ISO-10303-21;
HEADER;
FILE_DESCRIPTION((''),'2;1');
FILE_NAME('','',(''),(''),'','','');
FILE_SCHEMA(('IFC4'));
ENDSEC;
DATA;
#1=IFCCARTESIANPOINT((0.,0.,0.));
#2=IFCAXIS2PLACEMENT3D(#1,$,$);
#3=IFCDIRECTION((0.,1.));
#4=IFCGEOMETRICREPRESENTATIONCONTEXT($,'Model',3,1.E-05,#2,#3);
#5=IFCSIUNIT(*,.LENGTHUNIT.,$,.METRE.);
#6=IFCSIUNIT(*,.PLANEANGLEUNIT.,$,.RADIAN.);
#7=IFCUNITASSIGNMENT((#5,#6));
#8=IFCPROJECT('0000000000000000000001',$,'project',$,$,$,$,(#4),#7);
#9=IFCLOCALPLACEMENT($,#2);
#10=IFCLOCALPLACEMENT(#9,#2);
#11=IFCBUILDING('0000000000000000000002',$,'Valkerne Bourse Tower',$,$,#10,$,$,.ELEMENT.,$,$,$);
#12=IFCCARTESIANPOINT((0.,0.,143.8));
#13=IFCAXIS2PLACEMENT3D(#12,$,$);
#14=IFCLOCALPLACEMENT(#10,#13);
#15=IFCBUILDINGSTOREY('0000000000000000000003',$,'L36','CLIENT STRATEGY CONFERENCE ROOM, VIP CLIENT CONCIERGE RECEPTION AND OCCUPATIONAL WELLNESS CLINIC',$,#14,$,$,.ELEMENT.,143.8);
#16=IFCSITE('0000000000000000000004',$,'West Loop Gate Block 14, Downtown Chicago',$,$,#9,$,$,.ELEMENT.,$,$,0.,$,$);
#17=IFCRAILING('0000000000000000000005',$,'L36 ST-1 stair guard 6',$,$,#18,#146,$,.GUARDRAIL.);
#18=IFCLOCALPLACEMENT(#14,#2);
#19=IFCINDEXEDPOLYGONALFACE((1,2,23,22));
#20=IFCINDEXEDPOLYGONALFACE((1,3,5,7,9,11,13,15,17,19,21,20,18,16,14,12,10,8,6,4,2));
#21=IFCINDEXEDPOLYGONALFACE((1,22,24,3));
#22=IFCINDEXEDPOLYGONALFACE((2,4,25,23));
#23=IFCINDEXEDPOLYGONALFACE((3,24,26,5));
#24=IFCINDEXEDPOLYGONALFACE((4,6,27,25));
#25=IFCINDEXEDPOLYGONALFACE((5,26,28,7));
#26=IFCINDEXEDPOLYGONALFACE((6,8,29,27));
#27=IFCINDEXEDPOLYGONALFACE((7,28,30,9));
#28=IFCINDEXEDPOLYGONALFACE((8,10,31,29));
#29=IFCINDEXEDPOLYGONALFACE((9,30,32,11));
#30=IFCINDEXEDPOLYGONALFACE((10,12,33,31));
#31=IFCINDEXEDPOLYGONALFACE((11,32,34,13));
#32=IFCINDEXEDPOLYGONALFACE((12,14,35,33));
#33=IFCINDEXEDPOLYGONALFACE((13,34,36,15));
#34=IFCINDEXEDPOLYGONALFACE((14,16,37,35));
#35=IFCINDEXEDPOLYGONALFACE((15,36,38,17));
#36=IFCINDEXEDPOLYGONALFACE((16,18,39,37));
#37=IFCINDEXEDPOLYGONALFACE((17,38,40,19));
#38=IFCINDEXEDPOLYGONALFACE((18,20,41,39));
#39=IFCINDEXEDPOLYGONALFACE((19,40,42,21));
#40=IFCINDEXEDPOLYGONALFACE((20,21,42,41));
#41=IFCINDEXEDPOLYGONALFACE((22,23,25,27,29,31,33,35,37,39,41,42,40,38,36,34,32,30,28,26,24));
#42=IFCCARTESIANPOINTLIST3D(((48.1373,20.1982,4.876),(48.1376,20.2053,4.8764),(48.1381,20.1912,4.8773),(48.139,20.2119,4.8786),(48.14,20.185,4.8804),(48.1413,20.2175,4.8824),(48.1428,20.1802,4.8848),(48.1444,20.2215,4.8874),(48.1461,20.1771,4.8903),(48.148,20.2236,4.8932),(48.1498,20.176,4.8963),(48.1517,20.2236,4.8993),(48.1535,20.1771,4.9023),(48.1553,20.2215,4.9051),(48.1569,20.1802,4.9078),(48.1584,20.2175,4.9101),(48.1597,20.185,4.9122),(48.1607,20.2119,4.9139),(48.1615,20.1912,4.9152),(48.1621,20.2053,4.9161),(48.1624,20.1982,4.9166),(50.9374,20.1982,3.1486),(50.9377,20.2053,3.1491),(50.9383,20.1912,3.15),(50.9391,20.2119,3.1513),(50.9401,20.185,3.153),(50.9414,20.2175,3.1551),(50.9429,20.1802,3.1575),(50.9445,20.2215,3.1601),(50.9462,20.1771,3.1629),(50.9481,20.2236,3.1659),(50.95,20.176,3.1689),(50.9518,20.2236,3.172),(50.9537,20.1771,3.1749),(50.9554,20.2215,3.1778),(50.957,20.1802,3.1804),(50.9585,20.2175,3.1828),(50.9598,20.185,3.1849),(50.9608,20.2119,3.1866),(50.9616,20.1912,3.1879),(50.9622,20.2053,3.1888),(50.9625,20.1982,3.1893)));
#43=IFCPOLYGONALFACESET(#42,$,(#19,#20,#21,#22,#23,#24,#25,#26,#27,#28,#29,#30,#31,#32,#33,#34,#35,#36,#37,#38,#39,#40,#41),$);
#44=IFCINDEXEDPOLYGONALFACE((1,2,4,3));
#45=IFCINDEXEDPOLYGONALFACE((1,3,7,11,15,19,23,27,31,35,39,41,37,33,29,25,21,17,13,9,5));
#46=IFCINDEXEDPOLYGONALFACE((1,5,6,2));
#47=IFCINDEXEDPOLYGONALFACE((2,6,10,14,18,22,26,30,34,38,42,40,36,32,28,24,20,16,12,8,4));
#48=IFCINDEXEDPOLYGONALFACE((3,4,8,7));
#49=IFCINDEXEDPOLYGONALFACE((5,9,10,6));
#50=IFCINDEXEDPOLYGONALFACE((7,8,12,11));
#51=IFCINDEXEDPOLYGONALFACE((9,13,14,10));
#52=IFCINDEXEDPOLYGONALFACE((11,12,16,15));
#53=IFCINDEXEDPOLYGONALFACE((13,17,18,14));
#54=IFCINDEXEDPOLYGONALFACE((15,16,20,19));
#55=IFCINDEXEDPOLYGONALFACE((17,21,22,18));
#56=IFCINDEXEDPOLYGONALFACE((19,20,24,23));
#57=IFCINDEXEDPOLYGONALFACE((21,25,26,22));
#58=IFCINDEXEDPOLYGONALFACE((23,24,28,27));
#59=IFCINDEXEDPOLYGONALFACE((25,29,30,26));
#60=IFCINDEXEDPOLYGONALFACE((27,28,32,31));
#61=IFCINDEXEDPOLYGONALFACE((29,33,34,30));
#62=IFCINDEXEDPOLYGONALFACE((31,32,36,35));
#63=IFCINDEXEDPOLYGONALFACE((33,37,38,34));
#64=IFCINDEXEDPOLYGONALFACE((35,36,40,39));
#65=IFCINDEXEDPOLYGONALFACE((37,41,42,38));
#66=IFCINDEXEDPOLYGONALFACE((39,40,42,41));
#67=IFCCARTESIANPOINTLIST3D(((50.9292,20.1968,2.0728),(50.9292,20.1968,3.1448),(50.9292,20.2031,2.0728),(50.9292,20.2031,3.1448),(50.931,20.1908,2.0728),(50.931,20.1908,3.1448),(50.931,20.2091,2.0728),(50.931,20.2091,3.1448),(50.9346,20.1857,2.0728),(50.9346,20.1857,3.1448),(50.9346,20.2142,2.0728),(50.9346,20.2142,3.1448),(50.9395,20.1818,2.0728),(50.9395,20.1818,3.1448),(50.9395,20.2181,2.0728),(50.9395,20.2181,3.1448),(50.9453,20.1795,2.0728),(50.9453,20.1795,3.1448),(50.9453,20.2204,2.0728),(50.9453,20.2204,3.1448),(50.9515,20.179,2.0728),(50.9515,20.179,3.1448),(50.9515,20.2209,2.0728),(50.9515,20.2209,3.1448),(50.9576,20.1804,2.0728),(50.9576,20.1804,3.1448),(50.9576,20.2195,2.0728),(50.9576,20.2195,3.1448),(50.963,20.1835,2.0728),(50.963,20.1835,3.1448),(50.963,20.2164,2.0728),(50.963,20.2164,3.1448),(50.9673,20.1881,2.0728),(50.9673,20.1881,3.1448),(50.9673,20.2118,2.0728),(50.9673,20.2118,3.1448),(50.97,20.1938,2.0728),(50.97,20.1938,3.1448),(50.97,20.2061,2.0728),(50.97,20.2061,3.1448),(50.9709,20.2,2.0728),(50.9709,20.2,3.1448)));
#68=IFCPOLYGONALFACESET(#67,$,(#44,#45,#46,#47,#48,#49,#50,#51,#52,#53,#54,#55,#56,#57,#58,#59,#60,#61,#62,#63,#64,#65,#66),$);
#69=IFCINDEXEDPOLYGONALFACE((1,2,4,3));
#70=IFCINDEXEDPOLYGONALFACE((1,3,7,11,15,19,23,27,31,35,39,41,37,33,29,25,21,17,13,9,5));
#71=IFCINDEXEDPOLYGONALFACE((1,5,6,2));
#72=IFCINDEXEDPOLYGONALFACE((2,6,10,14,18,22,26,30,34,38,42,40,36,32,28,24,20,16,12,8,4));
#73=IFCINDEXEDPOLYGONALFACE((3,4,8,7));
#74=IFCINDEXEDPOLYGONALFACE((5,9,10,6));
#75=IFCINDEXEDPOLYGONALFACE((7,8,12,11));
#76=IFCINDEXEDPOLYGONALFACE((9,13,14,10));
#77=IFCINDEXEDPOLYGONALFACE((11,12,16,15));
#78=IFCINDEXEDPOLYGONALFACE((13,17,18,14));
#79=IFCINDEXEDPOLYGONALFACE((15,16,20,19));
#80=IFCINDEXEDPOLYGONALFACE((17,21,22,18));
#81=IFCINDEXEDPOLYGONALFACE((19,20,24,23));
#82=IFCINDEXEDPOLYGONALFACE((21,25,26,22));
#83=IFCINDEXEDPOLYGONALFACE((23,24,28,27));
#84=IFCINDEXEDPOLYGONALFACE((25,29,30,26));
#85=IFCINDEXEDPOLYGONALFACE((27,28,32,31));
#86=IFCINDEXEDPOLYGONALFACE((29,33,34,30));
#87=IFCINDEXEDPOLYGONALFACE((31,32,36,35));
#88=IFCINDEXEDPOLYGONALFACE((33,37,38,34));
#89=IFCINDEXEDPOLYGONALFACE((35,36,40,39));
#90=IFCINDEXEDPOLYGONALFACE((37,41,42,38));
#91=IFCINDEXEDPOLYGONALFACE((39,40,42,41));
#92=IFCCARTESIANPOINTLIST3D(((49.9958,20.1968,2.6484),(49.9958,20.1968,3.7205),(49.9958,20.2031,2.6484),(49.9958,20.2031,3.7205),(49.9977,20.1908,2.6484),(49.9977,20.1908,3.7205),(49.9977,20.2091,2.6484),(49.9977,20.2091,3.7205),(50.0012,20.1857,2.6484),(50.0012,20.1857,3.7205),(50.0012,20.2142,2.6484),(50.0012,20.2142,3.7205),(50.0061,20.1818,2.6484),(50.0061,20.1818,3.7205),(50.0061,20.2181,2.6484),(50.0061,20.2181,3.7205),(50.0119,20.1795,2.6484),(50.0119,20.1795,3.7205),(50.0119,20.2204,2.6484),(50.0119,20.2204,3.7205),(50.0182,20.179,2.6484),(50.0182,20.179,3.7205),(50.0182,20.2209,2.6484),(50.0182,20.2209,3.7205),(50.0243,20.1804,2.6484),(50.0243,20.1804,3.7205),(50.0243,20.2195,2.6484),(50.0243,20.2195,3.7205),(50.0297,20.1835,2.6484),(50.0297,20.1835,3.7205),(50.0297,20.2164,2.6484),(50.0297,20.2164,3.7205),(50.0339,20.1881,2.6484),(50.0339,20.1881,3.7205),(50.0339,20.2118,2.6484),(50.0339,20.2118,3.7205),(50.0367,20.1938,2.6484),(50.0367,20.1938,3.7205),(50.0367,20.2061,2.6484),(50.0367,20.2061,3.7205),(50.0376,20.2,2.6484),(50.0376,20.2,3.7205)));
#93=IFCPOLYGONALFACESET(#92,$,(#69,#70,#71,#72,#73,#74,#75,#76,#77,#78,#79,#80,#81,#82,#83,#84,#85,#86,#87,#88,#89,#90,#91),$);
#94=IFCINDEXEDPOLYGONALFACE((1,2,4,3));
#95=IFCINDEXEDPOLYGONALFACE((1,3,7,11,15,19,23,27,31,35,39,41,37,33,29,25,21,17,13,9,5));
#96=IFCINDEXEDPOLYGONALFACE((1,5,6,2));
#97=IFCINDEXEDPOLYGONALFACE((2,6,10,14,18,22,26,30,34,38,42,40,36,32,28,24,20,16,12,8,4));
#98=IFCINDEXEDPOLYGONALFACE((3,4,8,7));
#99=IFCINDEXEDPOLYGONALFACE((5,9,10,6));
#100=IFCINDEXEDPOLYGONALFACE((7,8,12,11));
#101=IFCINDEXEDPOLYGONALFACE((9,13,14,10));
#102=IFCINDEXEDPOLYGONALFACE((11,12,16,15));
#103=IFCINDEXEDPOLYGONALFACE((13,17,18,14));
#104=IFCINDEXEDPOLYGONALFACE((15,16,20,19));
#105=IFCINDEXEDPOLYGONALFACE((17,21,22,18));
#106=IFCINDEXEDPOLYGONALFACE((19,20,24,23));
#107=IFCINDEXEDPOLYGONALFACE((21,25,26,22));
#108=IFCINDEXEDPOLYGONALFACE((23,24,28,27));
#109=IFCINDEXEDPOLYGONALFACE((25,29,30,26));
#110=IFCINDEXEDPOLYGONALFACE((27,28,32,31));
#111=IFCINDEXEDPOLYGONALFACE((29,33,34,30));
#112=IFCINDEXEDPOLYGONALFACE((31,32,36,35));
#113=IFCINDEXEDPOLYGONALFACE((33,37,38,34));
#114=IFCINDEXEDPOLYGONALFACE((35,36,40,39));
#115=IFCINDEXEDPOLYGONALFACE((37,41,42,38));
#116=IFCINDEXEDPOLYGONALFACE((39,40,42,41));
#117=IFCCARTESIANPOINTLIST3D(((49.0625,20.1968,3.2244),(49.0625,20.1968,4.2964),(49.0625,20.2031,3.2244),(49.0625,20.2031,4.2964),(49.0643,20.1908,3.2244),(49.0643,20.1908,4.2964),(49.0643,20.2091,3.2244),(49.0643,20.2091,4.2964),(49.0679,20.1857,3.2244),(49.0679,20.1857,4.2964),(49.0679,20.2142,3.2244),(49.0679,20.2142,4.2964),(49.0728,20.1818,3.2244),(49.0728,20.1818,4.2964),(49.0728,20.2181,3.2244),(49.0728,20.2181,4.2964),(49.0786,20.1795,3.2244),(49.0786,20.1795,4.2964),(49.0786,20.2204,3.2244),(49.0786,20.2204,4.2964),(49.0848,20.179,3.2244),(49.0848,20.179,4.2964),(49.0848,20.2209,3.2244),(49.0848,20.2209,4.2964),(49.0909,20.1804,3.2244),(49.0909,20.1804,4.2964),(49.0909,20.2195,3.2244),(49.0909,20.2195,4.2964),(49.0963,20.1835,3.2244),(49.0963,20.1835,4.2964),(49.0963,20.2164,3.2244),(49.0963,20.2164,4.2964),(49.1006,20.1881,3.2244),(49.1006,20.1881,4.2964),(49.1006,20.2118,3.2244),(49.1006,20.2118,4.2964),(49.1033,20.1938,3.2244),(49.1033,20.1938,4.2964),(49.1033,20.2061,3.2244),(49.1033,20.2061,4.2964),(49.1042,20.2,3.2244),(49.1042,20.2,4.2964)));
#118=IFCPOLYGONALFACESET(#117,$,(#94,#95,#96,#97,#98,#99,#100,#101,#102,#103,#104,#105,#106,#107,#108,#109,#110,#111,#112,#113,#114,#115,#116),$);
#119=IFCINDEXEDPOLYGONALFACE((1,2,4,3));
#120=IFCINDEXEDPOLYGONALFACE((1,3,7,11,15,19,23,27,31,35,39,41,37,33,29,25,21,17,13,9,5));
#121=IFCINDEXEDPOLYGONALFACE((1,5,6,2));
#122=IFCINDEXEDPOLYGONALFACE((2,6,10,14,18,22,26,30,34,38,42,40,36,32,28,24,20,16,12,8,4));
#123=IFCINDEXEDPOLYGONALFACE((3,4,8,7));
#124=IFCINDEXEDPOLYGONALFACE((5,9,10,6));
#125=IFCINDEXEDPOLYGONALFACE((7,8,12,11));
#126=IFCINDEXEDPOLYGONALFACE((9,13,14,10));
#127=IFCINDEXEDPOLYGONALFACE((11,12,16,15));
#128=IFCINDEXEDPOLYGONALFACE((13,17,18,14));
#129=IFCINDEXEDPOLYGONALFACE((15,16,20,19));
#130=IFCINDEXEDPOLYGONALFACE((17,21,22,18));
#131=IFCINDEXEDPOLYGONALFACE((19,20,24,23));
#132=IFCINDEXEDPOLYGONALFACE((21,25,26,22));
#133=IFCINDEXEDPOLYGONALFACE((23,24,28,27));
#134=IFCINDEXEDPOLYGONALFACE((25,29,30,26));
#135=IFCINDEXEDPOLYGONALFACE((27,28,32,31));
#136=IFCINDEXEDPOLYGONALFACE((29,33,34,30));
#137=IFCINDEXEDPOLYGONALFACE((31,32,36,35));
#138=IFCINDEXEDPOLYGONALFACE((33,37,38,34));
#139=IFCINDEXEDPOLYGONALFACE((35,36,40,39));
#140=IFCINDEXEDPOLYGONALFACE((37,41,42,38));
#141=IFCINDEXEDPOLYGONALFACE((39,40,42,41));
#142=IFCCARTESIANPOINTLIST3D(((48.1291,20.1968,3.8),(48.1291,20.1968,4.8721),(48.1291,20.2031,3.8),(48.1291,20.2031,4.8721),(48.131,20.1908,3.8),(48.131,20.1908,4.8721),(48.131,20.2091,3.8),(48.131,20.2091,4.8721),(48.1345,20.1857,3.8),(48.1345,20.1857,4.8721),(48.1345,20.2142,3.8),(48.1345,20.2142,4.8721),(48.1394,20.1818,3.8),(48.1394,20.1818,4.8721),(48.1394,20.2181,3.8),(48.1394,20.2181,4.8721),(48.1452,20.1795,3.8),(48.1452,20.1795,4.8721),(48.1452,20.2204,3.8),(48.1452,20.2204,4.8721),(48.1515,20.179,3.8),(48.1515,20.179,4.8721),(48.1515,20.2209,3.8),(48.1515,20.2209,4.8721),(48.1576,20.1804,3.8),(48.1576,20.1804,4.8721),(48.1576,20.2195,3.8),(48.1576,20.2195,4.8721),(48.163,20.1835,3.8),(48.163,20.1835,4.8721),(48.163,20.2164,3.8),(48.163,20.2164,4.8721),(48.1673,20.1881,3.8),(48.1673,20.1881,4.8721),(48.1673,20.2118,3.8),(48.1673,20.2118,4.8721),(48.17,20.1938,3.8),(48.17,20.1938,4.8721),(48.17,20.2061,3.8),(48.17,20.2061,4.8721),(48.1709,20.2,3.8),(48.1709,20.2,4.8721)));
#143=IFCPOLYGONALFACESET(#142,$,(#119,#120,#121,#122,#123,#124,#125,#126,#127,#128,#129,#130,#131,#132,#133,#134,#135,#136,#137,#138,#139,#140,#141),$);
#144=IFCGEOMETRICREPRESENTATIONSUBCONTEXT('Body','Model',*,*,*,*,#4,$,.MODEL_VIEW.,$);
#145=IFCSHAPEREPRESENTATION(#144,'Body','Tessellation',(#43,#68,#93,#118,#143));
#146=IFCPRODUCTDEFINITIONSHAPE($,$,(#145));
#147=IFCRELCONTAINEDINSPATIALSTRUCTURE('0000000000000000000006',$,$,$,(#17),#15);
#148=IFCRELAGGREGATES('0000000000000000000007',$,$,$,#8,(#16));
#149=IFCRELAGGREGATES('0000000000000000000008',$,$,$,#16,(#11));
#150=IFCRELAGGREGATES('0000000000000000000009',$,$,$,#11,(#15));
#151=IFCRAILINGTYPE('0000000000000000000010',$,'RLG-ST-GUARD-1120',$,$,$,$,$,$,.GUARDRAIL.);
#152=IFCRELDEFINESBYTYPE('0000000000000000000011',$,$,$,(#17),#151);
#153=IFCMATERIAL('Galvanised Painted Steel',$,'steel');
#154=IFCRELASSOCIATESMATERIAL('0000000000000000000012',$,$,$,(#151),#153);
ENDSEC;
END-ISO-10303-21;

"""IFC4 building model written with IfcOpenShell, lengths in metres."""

from ifc_helpers import new_model, si_unit, direction, frame, origin, origin_2d, place, context, subcontext, project, spatial, circle, extrude, material, type_object, element, save


model = new_model("IFC4")

# Units and contexts
model_context = context("Model", 3, precision=1e-05, world=origin(), true_north=direction((0.0, 1.0)))
body_context = subcontext(model_context, "Body", "Model", "MODEL_VIEW")
ifc_project = project(units=[si_unit("LENGTHUNIT", "METRE"), si_unit("PLANEANGLEUNIT", "RADIAN")], contexts=[model_context])

# Site, building, storey
site_placement = place(None, origin())
site = spatial("IfcSite", under=ifc_project, at=site_placement, Name="West Loop Gate Block 14, Downtown Chicago", CompositionType="ELEMENT", RefElevation=0.0)
building_placement = place(site_placement, origin())
building = spatial("IfcBuilding", under=site, at=building_placement, Name="Valkerne Bourse Tower", CompositionType="ELEMENT")
storey_placement = place(building_placement, frame((0.0, 0.0, 143.8)))
storey = spatial("IfcBuildingStorey", under=building, at=storey_placement, Name="L36", Description="CLIENT STRATEGY CONFERENCE ROOM, VIP CLIENT CONCIERGE RECEPTION AND OCCUPATIONAL WELLNESS CLINIC", CompositionType="ELEMENT", Elevation=143.8)

# Shared definitions
ifc_material_1 = material(Name="Galvanised Painted Steel", Category="steel")

# Railing
railing_type_1 = type_object("IfcRailingType", Name="RLG-ST-GUARD-1120", PredefinedType="GUARDRAIL", material=ifc_material_1)
railing_1_placement = place(storey_placement, frame((50.95, 20.2, 2.0728)))
element("IfcRailing", 1, at=railing_1_placement, inside=storey, type_object=railing_type_1, Name="L36 ST-1 stair guard 6", PredefinedType="GUARDRAIL", context=body_context, shape_type="SweptSolid", body=[
    extrude(circle(Radius=0.0239, at=origin_2d()), frame((0.0, 0.0, 1.0962), z_axis=(-0.85109, 0.0, 0.52502), x_axis=(0.0, -1.0, 0.0)), (0.0, 0.0, 1.0), 3.29),
    extrude(circle(Radius=0.021, at=origin_2d()), origin(), (0.0, 0.0, 1.0), 1.072),
    extrude(circle(Radius=0.021, at=origin_2d()), frame((-0.9333, 0.0, 0.5757)), (0.0, 0.0, 1.0), 1.072),
    extrude(circle(Radius=0.021, at=origin_2d()), frame((-1.8667, 0.0, 1.1516)), (0.0, 0.0, 1.0), 1.072),
    extrude(circle(Radius=0.021, at=origin_2d()), frame((-2.8, 0.0, 1.7273)), (0.0, 0.0, 1.0), 1.072),
])

save(model, "model.ifc")
